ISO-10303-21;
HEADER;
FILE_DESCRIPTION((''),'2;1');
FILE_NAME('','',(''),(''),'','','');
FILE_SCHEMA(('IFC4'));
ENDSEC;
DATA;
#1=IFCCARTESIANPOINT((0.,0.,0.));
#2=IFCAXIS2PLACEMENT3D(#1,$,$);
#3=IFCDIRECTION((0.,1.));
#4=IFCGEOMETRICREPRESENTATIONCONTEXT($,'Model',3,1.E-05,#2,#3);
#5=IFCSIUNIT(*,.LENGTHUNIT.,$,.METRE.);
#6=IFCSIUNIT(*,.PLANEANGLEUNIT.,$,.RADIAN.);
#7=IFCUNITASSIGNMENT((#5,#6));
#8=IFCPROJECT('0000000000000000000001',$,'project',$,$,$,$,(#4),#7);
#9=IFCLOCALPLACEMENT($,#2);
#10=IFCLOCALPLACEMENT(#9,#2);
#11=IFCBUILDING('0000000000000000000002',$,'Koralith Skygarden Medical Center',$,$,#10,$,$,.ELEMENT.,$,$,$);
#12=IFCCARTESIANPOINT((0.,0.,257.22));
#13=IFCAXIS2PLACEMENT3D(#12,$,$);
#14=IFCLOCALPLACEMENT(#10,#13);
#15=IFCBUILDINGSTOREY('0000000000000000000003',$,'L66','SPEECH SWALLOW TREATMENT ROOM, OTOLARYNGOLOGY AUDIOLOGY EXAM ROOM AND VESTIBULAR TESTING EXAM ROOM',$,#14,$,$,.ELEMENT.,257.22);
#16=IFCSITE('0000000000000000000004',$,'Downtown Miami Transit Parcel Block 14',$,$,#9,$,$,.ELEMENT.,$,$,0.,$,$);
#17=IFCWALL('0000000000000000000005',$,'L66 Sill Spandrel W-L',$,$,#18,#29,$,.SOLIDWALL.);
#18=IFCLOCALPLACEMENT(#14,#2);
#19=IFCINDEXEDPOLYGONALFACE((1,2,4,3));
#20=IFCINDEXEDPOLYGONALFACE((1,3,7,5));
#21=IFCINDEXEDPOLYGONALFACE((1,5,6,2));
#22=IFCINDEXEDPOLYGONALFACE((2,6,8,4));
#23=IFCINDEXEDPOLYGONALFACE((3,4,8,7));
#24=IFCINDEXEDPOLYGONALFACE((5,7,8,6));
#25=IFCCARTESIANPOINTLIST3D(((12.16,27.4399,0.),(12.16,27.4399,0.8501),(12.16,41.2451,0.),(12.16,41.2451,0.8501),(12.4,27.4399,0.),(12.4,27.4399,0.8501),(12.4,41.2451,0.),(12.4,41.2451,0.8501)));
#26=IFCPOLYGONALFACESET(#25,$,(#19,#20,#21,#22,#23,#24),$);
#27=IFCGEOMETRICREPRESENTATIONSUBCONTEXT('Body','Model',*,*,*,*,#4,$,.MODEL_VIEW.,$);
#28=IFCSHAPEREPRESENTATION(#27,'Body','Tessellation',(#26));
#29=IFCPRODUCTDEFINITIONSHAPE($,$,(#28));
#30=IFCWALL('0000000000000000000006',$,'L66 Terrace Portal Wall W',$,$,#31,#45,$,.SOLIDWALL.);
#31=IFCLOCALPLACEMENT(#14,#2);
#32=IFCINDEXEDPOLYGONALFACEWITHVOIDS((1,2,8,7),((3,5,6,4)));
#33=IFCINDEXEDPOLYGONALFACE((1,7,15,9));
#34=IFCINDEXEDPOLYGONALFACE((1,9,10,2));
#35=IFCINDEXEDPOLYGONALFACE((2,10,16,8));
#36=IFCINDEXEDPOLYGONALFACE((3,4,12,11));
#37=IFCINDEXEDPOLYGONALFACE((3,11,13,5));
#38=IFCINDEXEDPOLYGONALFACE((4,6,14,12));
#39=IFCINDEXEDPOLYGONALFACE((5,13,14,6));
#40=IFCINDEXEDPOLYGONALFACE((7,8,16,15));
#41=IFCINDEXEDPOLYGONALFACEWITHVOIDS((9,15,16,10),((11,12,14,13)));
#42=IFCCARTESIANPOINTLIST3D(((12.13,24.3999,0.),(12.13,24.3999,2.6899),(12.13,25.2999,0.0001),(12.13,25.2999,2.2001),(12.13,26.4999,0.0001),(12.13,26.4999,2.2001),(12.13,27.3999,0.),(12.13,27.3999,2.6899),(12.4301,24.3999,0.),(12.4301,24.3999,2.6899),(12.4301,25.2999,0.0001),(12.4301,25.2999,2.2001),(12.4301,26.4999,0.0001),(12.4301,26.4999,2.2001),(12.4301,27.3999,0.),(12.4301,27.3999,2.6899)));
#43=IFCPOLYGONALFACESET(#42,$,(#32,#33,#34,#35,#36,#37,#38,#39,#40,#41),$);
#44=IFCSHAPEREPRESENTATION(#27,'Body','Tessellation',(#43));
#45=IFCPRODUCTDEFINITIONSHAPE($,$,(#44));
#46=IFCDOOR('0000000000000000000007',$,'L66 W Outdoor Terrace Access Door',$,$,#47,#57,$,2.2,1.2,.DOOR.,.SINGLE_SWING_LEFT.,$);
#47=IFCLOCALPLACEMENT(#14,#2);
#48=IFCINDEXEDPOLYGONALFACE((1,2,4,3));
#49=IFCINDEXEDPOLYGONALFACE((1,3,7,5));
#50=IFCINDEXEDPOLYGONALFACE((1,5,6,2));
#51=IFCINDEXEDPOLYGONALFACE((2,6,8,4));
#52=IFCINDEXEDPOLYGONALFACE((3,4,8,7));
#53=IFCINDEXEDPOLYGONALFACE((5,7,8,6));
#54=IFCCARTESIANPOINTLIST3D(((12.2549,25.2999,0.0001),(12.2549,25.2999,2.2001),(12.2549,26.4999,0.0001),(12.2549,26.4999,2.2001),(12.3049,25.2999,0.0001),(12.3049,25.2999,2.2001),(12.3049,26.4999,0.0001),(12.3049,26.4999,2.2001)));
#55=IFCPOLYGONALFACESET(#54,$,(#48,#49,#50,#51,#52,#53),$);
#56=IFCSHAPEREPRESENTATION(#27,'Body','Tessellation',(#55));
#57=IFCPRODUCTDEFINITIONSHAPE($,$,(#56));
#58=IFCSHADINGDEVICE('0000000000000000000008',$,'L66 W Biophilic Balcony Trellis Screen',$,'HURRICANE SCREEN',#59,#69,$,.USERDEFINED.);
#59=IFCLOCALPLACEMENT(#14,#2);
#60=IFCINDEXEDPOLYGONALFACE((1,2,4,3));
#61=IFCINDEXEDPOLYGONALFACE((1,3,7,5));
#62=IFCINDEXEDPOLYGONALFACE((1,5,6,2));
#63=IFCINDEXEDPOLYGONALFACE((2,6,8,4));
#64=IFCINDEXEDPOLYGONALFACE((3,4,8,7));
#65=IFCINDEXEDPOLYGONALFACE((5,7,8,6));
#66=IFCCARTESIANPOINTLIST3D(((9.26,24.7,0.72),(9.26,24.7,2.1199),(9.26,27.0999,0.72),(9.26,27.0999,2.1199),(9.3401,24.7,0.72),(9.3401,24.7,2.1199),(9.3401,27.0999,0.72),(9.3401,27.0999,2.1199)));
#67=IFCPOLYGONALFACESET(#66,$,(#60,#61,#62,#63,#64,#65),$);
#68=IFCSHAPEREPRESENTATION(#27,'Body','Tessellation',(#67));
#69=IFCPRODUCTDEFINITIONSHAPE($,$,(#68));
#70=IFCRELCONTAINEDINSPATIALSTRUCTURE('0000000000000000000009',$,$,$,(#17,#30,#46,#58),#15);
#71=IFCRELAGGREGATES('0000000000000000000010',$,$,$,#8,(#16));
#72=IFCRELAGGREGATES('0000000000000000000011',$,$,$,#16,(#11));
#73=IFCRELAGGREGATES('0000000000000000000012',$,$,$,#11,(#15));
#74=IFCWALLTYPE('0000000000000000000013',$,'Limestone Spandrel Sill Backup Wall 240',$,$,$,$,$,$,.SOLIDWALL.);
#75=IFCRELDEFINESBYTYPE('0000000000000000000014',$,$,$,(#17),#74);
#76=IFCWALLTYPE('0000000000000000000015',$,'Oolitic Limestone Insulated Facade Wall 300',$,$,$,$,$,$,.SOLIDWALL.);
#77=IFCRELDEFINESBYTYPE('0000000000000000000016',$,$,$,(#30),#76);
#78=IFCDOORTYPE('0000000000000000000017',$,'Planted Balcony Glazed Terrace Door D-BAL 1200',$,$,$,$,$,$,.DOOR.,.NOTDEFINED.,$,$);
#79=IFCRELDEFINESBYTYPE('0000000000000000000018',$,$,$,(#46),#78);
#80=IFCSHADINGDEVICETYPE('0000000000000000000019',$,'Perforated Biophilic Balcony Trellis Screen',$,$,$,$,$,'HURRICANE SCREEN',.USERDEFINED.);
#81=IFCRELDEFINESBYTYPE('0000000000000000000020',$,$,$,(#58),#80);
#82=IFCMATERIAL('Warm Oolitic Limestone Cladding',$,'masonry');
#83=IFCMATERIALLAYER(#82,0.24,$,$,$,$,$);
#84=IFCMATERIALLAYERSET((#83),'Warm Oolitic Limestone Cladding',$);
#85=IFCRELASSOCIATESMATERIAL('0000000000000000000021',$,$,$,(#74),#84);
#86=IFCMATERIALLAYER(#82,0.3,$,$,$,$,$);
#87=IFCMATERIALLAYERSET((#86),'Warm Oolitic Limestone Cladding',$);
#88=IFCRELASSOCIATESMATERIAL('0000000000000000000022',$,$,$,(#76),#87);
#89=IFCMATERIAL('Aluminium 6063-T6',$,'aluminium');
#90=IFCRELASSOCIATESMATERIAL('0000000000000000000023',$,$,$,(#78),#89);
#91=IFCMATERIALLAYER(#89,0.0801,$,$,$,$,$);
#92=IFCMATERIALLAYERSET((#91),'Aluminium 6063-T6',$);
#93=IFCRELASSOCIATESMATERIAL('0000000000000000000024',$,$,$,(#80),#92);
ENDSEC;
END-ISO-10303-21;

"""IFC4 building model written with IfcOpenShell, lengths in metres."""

from ifc_helpers import new_model, si_unit, direction, frame, frame_2d, origin, origin_2d, place, context, subcontext, project, spatial, rectangle, extrude, material, layer, layer_set, type_object, element, fill, save


model = new_model("IFC4")

# Units and contexts
model_context = context("Model", 3, precision=1e-05, world=origin(), true_north=direction((0.0, 1.0)))
body_context = subcontext(model_context, "Body", "Model", "MODEL_VIEW")
ifc_project = project(units=[si_unit("LENGTHUNIT", "METRE"), si_unit("PLANEANGLEUNIT", "RADIAN")], contexts=[model_context])

# Site, building, storey
site_placement = place(None, origin())
site = spatial("IfcSite", under=ifc_project, at=site_placement, Name="Downtown Miami Transit Parcel Block 14", CompositionType="ELEMENT", RefElevation=0.0)
building_placement = place(site_placement, origin())
building = spatial("IfcBuilding", under=site, at=building_placement, Name="Koralith Skygarden Medical Center", CompositionType="ELEMENT")
storey_placement = place(building_placement, frame((0.0, 0.0, 257.22)))
storey = spatial("IfcBuildingStorey", under=building, at=storey_placement, Name="L66", Description="SPEECH SWALLOW TREATMENT ROOM, OTOLARYNGOLOGY AUDIOLOGY EXAM ROOM AND VESTIBULAR TESTING EXAM ROOM", CompositionType="ELEMENT", Elevation=257.22)

# Shared definitions
ifc_material_1 = material(Name="Aluminium 6063-T6", Category="aluminium")

# Wall
ifc_material_2 = material(Name="Warm Oolitic Limestone Cladding", Category="masonry")
ifc_layer_1 = layer(ifc_material_2, 0.24)
ifc_layer_set_1 = layer_set([ifc_layer_1], Name="Warm Oolitic Limestone Cladding")
wall_type_1 = type_object("IfcWallType", Name="Limestone Spandrel Sill Backup Wall 240", PredefinedType="SOLIDWALL", material=ifc_layer_set_1)
wall_1_placement = place(storey_placement, frame((12.28, 41.2451, 0.0), z_axis=(0.0, 0.0, 1.0), x_axis=(0.0, -1.0, 0.0)))
element("IfcWall", 1, at=wall_1_placement, inside=storey, type_object=wall_type_1, Name="L66 Sill Spandrel W-L", PredefinedType="SOLIDWALL", context=body_context, shape_type="SweptSolid", body=[
    extrude(rectangle(XDim=13.8052, YDim=0.24, at=frame_2d((6.9026, 0.0))), origin(), (0.0, 0.0, 1.0), 0.8501),
])

# Wall, opening, door
ifc_layer_2 = layer(ifc_material_2, 0.3)
ifc_layer_set_2 = layer_set([ifc_layer_2], Name="Warm Oolitic Limestone Cladding")
wall_type_2 = type_object("IfcWallType", Name="Oolitic Limestone Insulated Facade Wall 300", PredefinedType="SOLIDWALL", material=ifc_layer_set_2)
wall_2_placement = place(storey_placement, frame((12.28, 27.3999, 0.0), z_axis=(0.0, 0.0, 1.0), x_axis=(0.0, -1.0, 0.0)))
wall_2 = element("IfcWall", 2, at=wall_2_placement, inside=storey, type_object=wall_type_2, Name="L66 Terrace Portal Wall W", PredefinedType="SOLIDWALL", context=body_context, shape_type="SweptSolid", body=[
    extrude(rectangle(XDim=3.0, YDim=0.3, at=frame_2d((1.5, 0.0))), origin(), (0.0, 0.0, 1.0), 2.6899),
])
opening_1_placement = place(wall_2_placement, frame((0.8999, 0.0, 0.0)))
opening_1 = element("IfcOpeningElement", 3, at=opening_1_placement, cuts=wall_2, PredefinedType="OPENING", context=body_context, shape_type="SweptSolid", body=[
    extrude(rectangle(XDim=1.2, YDim=2.2, at=frame_2d((0.6001, 1.1001))), frame((0.0, 0.1599, 0.0), z_axis=(0.0, -1.0, 0.0), x_axis=(1.0, 0.0, 0.0)), (0.0, 0.0, 1.0), 0.3201),
])
door_type_1 = type_object("IfcDoorType", Name="Planted Balcony Glazed Terrace Door D-BAL 1200", OperationType="NOTDEFINED", PredefinedType="DOOR", material=ifc_material_1)
door_1_placement = place(opening_1_placement, origin())
door_1 = element("IfcDoor", 4, at=door_1_placement, inside=storey, type_object=door_type_1, Name="L66 W Outdoor Terrace Access Door", OperationType="SINGLE_SWING_LEFT", OverallHeight=2.2, OverallWidth=1.2, PredefinedType="DOOR", context=body_context, shape_type="SweptSolid", body=[
    extrude(rectangle(XDim=1.2, YDim=2.2, at=frame_2d((0.6001, 1.1001))), frame((0.0, 0.0249, 0.0), z_axis=(0.0, -1.0, 0.0), x_axis=(1.0, 0.0, 0.0)), (0.0, 0.0, 1.0), 0.05),
])
fill(opening_1, door_1)

# Shading device
ifc_layer_3 = layer(ifc_material_1, 0.0801)
ifc_layer_set_3 = layer_set([ifc_layer_3], Name="Aluminium 6063-T6")
shading_device_type = type_object("IfcShadingDeviceType", Name="Perforated Biophilic Balcony Trellis Screen", ElementType="HURRICANE SCREEN", PredefinedType="USERDEFINED", material=ifc_layer_set_3)
shading_device_placement = place(storey_placement, frame((9.3, 25.8999, 0.72), z_axis=(0.0, 0.0, 1.0), x_axis=(0.0, 1.0, 0.0)))
element("IfcShadingDevice", 5, at=shading_device_placement, inside=storey, type_object=shading_device_type, Name="L66 W Biophilic Balcony Trellis Screen", ObjectType="HURRICANE SCREEN", PredefinedType="USERDEFINED", context=body_context, shape_type="SweptSolid", body=[
    extrude(rectangle(XDim=2.3999, YDim=0.0801, at=origin_2d()), origin(), (0.0, 0.0, 1.0), 1.3999),
])

save(model, "model.ifc")
